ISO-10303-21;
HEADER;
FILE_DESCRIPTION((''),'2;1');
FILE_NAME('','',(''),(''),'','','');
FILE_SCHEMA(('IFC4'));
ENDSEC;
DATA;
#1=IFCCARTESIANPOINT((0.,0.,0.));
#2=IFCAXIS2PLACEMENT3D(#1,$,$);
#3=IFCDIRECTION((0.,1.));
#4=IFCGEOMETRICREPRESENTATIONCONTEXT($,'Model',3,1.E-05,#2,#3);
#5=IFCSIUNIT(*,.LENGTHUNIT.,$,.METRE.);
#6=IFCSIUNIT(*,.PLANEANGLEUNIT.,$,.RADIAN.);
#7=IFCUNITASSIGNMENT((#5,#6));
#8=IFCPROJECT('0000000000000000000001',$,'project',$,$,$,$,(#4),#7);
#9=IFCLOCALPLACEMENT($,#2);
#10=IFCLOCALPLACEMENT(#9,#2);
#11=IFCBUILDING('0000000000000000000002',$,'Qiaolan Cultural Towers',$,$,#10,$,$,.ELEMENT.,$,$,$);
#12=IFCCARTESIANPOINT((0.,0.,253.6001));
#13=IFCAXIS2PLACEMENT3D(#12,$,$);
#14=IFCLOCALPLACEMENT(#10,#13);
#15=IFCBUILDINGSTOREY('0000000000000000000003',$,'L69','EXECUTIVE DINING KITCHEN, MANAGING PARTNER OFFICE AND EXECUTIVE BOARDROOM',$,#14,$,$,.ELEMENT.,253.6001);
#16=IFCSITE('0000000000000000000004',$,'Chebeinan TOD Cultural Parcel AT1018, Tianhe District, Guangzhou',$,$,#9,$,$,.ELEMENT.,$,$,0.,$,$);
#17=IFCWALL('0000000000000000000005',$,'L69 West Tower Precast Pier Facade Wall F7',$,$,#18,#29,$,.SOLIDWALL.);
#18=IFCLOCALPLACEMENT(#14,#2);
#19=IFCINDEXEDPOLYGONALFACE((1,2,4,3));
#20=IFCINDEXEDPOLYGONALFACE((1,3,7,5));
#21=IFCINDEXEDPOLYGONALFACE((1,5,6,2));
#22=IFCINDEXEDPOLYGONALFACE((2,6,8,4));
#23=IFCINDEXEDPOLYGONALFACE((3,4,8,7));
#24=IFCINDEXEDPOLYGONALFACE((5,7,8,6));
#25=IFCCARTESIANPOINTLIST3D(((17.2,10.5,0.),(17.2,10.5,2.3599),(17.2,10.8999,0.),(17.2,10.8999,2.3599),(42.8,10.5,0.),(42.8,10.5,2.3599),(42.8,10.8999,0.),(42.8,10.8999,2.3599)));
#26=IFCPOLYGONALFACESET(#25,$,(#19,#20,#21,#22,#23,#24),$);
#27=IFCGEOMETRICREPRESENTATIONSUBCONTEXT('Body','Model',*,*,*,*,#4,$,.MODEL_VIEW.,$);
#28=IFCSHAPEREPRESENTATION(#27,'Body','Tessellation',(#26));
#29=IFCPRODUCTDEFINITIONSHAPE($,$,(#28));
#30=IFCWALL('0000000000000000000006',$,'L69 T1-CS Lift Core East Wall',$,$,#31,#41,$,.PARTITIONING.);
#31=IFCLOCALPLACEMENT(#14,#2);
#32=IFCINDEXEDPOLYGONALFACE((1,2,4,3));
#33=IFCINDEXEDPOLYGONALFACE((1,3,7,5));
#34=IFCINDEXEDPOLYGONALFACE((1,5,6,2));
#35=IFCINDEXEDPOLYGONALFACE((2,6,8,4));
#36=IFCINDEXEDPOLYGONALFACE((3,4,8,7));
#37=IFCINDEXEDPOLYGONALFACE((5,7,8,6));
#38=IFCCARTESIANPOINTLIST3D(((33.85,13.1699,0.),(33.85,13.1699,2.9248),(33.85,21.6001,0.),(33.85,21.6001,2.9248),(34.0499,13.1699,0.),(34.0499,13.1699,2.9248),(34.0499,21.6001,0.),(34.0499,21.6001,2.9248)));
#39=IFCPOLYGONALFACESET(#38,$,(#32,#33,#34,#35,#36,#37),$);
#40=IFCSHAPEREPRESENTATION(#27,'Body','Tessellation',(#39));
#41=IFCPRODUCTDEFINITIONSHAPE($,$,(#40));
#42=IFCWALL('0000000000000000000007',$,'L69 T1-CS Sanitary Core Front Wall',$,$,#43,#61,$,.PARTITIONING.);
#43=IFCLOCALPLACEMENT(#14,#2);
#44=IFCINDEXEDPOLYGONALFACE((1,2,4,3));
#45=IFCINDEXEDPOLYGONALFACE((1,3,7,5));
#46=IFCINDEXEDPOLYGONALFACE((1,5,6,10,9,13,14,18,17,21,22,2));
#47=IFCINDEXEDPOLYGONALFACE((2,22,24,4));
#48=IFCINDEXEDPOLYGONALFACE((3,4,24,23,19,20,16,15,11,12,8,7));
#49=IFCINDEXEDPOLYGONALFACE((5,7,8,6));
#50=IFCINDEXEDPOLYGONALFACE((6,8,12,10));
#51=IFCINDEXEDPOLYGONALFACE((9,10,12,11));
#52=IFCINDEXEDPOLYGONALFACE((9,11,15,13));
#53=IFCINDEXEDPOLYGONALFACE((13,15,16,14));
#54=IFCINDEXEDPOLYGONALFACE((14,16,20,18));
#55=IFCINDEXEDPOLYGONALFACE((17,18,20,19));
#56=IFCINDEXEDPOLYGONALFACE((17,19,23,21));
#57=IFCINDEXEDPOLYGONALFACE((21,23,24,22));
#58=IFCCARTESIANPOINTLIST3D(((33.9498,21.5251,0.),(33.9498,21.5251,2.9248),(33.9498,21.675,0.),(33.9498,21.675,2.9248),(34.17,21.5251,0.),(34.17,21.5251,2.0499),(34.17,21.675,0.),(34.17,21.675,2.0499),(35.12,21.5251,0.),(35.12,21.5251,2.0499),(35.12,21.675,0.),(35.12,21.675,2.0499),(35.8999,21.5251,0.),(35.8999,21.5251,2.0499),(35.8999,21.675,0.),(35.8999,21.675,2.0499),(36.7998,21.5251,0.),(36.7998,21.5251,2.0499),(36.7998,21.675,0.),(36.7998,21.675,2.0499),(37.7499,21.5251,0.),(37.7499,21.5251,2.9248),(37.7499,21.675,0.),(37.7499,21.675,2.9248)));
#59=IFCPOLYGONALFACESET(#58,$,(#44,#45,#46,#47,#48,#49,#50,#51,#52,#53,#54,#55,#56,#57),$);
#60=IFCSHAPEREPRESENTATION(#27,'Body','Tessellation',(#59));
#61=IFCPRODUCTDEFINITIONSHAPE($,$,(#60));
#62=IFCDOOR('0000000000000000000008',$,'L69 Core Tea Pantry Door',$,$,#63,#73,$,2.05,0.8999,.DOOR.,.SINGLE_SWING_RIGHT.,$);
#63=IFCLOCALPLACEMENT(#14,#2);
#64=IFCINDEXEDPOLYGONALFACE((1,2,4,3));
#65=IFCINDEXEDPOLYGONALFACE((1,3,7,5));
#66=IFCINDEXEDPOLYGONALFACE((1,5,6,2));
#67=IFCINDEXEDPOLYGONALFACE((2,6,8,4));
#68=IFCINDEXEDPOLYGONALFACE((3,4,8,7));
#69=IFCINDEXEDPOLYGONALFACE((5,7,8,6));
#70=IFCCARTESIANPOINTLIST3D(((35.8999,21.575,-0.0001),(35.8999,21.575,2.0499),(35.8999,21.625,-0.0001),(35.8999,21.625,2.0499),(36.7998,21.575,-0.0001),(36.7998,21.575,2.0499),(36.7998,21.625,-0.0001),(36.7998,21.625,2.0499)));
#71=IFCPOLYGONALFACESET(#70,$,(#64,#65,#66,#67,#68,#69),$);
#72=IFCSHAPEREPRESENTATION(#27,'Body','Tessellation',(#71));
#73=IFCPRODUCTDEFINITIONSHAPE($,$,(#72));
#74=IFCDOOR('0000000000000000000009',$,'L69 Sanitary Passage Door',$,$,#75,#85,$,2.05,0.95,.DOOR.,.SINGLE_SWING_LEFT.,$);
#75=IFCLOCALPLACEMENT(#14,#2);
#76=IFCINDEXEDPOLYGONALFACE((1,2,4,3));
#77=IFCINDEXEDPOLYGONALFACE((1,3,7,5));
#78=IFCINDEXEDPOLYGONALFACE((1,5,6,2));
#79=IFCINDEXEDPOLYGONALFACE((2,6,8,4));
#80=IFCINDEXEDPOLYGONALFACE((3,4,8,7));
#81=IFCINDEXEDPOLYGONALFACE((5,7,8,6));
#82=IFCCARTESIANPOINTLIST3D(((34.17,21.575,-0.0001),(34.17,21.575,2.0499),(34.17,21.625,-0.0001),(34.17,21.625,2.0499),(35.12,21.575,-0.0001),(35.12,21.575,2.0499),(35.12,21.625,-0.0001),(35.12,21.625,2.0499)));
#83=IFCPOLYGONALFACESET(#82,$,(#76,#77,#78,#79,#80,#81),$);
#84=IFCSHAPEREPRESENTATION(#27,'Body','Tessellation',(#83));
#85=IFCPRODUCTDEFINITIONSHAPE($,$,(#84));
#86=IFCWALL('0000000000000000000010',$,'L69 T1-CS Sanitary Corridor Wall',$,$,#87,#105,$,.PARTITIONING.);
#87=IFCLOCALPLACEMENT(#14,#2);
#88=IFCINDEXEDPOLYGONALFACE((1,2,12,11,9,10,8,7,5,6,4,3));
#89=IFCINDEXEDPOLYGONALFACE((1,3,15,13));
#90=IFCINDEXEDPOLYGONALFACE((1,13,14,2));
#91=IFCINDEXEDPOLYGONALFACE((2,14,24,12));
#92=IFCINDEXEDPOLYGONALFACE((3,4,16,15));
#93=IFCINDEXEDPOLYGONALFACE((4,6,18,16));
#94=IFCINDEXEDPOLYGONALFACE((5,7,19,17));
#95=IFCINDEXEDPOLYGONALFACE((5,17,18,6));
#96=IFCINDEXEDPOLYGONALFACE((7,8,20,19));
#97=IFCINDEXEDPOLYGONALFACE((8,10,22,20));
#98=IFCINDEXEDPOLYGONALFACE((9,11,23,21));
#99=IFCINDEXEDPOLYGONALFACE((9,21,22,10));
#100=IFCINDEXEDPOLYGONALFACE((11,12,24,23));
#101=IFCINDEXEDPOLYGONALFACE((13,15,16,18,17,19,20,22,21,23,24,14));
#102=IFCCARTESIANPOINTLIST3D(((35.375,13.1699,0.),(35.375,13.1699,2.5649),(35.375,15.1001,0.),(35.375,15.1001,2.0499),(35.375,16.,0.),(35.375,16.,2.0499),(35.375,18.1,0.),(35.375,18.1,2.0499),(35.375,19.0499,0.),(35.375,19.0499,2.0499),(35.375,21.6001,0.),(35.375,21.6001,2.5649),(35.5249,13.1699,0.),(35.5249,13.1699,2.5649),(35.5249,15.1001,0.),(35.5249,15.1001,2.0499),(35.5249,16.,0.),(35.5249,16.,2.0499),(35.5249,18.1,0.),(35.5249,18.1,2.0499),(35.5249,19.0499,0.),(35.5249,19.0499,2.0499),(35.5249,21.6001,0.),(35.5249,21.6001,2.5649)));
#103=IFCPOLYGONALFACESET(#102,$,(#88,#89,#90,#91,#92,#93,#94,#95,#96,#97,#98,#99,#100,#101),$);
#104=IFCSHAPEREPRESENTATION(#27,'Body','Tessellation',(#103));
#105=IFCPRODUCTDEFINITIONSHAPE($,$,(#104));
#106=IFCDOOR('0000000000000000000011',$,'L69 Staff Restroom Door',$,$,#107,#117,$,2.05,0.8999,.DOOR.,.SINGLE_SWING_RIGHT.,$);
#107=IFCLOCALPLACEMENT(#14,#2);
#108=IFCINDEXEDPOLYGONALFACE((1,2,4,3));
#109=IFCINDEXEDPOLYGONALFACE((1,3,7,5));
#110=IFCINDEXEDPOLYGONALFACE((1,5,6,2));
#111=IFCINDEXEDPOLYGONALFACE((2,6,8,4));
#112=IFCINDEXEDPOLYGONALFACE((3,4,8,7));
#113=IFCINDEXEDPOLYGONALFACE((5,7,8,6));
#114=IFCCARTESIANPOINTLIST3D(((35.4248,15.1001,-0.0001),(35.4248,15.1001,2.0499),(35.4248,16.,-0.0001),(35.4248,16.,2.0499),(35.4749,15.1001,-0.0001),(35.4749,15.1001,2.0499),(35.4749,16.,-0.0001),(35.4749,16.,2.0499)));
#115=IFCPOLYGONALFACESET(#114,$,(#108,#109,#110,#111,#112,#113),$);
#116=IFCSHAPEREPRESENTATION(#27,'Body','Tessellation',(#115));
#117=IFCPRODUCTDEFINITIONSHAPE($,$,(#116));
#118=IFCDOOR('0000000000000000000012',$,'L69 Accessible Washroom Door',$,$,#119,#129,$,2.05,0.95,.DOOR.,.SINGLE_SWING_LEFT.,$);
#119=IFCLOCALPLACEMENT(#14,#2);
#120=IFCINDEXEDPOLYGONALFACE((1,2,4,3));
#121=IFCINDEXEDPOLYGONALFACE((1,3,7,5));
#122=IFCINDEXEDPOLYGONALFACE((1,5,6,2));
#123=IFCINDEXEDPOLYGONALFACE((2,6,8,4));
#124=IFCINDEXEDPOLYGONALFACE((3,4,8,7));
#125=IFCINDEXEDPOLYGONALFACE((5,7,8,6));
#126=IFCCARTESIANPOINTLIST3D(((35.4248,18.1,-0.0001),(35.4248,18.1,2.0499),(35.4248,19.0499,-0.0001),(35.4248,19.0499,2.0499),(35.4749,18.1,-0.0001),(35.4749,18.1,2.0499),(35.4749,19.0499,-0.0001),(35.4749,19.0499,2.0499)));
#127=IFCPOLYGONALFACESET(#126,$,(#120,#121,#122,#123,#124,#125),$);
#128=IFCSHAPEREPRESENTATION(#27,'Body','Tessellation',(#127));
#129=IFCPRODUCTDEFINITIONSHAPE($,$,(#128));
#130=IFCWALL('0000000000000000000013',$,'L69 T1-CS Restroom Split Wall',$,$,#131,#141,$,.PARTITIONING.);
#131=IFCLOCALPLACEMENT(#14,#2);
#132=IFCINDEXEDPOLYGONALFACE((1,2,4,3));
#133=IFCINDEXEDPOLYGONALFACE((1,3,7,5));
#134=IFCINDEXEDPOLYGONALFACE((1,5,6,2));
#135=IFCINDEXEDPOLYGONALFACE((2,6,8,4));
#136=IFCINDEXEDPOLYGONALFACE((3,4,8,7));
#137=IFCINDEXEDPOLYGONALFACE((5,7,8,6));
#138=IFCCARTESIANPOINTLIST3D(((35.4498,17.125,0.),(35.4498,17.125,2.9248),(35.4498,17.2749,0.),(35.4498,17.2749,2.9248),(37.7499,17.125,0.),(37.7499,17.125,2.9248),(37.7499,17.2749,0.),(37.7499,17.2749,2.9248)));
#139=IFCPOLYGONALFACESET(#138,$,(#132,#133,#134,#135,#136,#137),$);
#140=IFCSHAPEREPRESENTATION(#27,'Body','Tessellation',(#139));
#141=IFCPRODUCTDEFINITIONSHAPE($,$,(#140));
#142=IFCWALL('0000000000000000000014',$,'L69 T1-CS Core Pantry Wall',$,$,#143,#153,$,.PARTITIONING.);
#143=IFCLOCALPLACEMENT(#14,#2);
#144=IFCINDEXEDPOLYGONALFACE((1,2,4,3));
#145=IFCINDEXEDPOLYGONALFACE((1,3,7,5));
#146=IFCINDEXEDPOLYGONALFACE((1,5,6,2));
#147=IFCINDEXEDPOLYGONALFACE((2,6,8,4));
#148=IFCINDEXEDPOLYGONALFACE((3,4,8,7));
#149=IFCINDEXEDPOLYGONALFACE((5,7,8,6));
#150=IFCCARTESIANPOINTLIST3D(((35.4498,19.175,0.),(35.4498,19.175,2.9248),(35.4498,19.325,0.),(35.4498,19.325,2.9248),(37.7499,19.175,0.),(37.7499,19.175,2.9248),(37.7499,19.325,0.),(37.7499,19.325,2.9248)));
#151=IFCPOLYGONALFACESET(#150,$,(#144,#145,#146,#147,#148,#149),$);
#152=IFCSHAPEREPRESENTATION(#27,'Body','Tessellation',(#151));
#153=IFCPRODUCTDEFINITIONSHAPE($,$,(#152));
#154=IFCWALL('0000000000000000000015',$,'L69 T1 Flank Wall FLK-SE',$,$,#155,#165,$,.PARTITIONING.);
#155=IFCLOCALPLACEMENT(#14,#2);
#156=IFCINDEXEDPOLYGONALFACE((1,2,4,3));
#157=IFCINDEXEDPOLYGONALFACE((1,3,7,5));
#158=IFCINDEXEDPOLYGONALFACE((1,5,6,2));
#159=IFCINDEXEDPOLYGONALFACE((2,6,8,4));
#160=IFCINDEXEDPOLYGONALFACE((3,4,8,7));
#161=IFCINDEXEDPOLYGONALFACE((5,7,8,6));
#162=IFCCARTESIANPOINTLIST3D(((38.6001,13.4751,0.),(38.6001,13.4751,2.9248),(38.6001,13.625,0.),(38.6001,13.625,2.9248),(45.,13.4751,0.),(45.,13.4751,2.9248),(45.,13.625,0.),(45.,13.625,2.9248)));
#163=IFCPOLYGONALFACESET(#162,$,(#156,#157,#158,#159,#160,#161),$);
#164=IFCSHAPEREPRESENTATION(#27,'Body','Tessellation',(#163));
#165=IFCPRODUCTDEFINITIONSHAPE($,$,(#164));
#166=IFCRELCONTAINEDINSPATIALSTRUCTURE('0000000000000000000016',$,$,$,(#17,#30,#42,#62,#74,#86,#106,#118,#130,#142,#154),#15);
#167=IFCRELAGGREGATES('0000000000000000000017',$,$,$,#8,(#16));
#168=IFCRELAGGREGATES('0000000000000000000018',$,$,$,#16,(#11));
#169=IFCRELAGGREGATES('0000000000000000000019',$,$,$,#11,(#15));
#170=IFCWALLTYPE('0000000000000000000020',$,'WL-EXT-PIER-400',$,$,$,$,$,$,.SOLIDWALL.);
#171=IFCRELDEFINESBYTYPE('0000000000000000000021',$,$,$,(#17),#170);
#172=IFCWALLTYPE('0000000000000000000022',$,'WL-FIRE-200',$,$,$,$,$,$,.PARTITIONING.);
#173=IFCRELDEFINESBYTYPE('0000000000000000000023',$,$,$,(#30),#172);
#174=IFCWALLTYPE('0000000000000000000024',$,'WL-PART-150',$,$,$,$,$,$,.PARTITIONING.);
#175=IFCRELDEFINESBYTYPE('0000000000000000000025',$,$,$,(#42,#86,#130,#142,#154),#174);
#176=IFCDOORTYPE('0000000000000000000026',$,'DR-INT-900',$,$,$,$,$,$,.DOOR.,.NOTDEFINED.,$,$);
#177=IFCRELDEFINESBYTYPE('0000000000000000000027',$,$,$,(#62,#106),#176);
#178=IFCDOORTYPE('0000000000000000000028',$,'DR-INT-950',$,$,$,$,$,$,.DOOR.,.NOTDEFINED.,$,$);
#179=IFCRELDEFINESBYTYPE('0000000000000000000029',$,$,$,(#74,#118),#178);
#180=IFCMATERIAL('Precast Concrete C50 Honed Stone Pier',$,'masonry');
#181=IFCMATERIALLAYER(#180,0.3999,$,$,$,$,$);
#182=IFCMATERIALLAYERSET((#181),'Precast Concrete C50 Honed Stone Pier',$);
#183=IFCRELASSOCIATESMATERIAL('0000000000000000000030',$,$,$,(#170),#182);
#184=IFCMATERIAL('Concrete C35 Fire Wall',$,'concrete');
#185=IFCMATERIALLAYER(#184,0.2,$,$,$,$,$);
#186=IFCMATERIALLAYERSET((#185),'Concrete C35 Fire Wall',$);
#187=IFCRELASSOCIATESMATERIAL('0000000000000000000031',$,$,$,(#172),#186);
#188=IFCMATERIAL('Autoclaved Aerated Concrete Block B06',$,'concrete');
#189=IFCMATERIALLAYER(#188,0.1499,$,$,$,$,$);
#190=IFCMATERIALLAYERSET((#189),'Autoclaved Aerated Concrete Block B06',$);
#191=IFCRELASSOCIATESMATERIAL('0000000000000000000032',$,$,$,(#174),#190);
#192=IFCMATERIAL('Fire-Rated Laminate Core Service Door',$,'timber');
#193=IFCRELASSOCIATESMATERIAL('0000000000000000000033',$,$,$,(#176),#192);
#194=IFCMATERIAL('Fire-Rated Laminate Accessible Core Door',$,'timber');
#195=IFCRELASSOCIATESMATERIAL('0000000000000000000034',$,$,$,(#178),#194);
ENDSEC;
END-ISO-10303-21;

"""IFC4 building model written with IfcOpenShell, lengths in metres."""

from ifc_helpers import new_model, si_unit, direction, frame, frame_2d, origin, place, context, subcontext, project, spatial, rectangle, extrude, material, layer, layer_set, type_object, element, fill, save


model = new_model("IFC4")

# Units and contexts
model_context = context("Model", 3, precision=1e-05, world=origin(), true_north=direction((0.0, 1.0)))
body_context = subcontext(model_context, "Body", "Model", "MODEL_VIEW")
ifc_project = project(units=[si_unit("LENGTHUNIT", "METRE"), si_unit("PLANEANGLEUNIT", "RADIAN")], contexts=[model_context])

# Site, building, storey
site_placement = place(None, origin())
site = spatial("IfcSite", under=ifc_project, at=site_placement, Name="Chebeinan TOD Cultural Parcel AT1018, Tianhe District, Guangzhou", CompositionType="ELEMENT", RefElevation=0.0)
building_placement = place(site_placement, origin())
building = spatial("IfcBuilding", under=site, at=building_placement, Name="Qiaolan Cultural Towers", CompositionType="ELEMENT")
storey_placement = place(building_placement, frame((0.0, 0.0, 253.6001)))
storey = spatial("IfcBuildingStorey", under=building, at=storey_placement, Name="L69", Description="EXECUTIVE DINING KITCHEN, MANAGING PARTNER OFFICE AND EXECUTIVE BOARDROOM", CompositionType="ELEMENT", Elevation=253.6001)

# Walls
ifc_material_1 = material(Name="Precast Concrete C50 Honed Stone Pier", Category="masonry")
ifc_layer_1 = layer(ifc_material_1, 0.3999)
ifc_layer_set_1 = layer_set([ifc_layer_1], Name="Precast Concrete C50 Honed Stone Pier")
wall_type_1 = type_object("IfcWallType", Name="WL-EXT-PIER-400", PredefinedType="SOLIDWALL", material=ifc_layer_set_1)
wall_1_placement = place(storey_placement, frame((42.8, 10.7, 0.0), z_axis=(0.0, 0.0, 1.0), x_axis=(-1.0, 0.0, 0.0)))
element("IfcWall", 1, at=wall_1_placement, inside=storey, type_object=wall_type_1, Name="L69 West Tower Precast Pier Facade Wall F7", PredefinedType="SOLIDWALL", context=body_context, shape_type="SweptSolid", body=[
    extrude(rectangle(XDim=25.6001, YDim=0.3999, at=frame_2d((12.8, 0.0))), origin(), (0.0, 0.0, 1.0), 2.3599),
])
ifc_material_2 = material(Name="Concrete C35 Fire Wall", Category="concrete")
ifc_layer_2 = layer(ifc_material_2, 0.2)
ifc_layer_set_2 = layer_set([ifc_layer_2], Name="Concrete C35 Fire Wall")
wall_type_2 = type_object("IfcWallType", Name="WL-FIRE-200", PredefinedType="PARTITIONING", material=ifc_layer_set_2)
wall_2_placement = place(storey_placement, frame((33.95, 21.6001, 0.0), z_axis=(0.0, 0.0, 1.0), x_axis=(0.0, -1.0, 0.0)))
element("IfcWall", 2, at=wall_2_placement, inside=storey, type_object=wall_type_2, Name="L69 T1-CS Lift Core East Wall", PredefinedType="PARTITIONING", context=body_context, shape_type="SweptSolid", body=[
    extrude(rectangle(XDim=8.4302, YDim=0.2, at=frame_2d((4.2151, 0.0))), origin(), (0.0, 0.0, 1.0), 2.9248),
])

# Walls, openings, doors
ifc_material_3 = material(Name="Autoclaved Aerated Concrete Block B06", Category="concrete")
ifc_layer_3 = layer(ifc_material_3, 0.1499)
ifc_layer_set_3 = layer_set([ifc_layer_3], Name="Autoclaved Aerated Concrete Block B06")
wall_type_3 = type_object("IfcWallType", Name="WL-PART-150", PredefinedType="PARTITIONING", material=ifc_layer_set_3)
wall_3_placement = place(storey_placement, frame((33.95, 21.6001, 0.0), z_axis=(0.0, 0.0, 1.0), x_axis=(1.0, 0.0, 0.0)))
wall_3 = element("IfcWall", 3, at=wall_3_placement, inside=storey, type_object=wall_type_3, Name="L69 T1-CS Sanitary Core Front Wall", PredefinedType="PARTITIONING", context=body_context, shape_type="SweptSolid", body=[
    extrude(rectangle(XDim=3.8, YDim=0.1499, at=frame_2d((1.8999, 0.0))), origin(), (0.0, 0.0, 1.0), 2.9248),
])
opening_1_placement = place(wall_3_placement, frame((0.22, 0.0, 0.0)))
opening_1 = element("IfcOpeningElement", 4, at=opening_1_placement, cuts=wall_3, PredefinedType="OPENING", context=body_context, shape_type="SweptSolid", body=[
    extrude(rectangle(XDim=0.95, YDim=2.05, at=frame_2d((0.4751, 1.0249))), frame((0.0, 0.085, 0.0), z_axis=(0.0, -1.0, 0.0), x_axis=(1.0, 0.0, 0.0)), (0.0, 0.0, 1.0), 0.1699),
])
opening_2_placement = place(wall_3_placement, frame((1.95, 0.0, 0.0)))
opening_2 = element("IfcOpeningElement", 5, at=opening_2_placement, cuts=wall_3, PredefinedType="OPENING", context=body_context, shape_type="SweptSolid", body=[
    extrude(rectangle(XDim=0.8999, YDim=2.05, at=frame_2d((0.45, 1.0249))), frame((0.0, 0.085, 0.0), z_axis=(0.0, -1.0, 0.0), x_axis=(1.0, 0.0, 0.0)), (0.0, 0.0, 1.0), 0.1699),
])
ifc_material_4 = material(Name="Fire-Rated Laminate Core Service Door", Category="timber")
door_type_1 = type_object("IfcDoorType", Name="DR-INT-900", OperationType="NOTDEFINED", PredefinedType="DOOR", material=ifc_material_4)
door_1_placement = place(opening_2_placement, origin())
door_1 = element("IfcDoor", 6, at=door_1_placement, inside=storey, type_object=door_type_1, Name="L69 Core Tea Pantry Door", OperationType="SINGLE_SWING_RIGHT", OverallHeight=2.05, OverallWidth=0.8999, PredefinedType="DOOR", context=body_context, shape_type="SweptSolid", body=[
    extrude(rectangle(XDim=0.8999, YDim=2.05, at=frame_2d((0.45, 1.0249))), frame((0.0, 0.0249, 0.0), z_axis=(0.0, -1.0, 0.0), x_axis=(1.0, 0.0, 0.0)), (0.0, 0.0, 1.0), 0.05),
])
fill(opening_2, door_1)
ifc_material_5 = material(Name="Fire-Rated Laminate Accessible Core Door", Category="timber")
door_type_2 = type_object("IfcDoorType", Name="DR-INT-950", OperationType="NOTDEFINED", PredefinedType="DOOR", material=ifc_material_5)
door_2_placement = place(opening_1_placement, origin())
door_2 = element("IfcDoor", 7, at=door_2_placement, inside=storey, type_object=door_type_2, Name="L69 Sanitary Passage Door", OperationType="SINGLE_SWING_LEFT", OverallHeight=2.05, OverallWidth=0.95, PredefinedType="DOOR", context=body_context, shape_type="SweptSolid", body=[
    extrude(rectangle(XDim=0.95, YDim=2.05, at=frame_2d((0.4751, 1.0249))), frame((0.0, 0.0249, 0.0), z_axis=(0.0, -1.0, 0.0), x_axis=(1.0, 0.0, 0.0)), (0.0, 0.0, 1.0), 0.05),
])
fill(opening_1, door_2)
wall_4_placement = place(storey_placement, frame((35.45, 21.6001, 0.0), z_axis=(0.0, 0.0, 1.0), x_axis=(0.0, -1.0, 0.0)))
wall_4 = element("IfcWall", 8, at=wall_4_placement, inside=storey, type_object=wall_type_3, Name="L69 T1-CS Sanitary Corridor Wall", PredefinedType="PARTITIONING", context=body_context, shape_type="SweptSolid", body=[
    extrude(rectangle(XDim=8.4302, YDim=0.1499, at=frame_2d((4.2151, 0.0))), origin(), (0.0, 0.0, 1.0), 2.5649),
])
opening_3_placement = place(wall_4_placement, frame((2.55, 0.0, 0.0)))
opening_3 = element("IfcOpeningElement", 9, at=opening_3_placement, cuts=wall_4, PredefinedType="OPENING", context=body_context, shape_type="SweptSolid", body=[
    extrude(rectangle(XDim=0.95, YDim=2.05, at=frame_2d((0.4751, 1.0249))), frame((0.0, 0.085, 0.0), z_axis=(0.0, -1.0, 0.0), x_axis=(1.0, 0.0, 0.0)), (0.0, 0.0, 1.0), 0.1699),
])
opening_4_placement = place(wall_4_placement, frame((5.6001, 0.0, 0.0)))
opening_4 = element("IfcOpeningElement", 10, at=opening_4_placement, cuts=wall_4, PredefinedType="OPENING", context=body_context, shape_type="SweptSolid", body=[
    extrude(rectangle(XDim=0.8999, YDim=2.05, at=frame_2d((0.45, 1.0249))), frame((0.0, 0.085, 0.0), z_axis=(0.0, -1.0, 0.0), x_axis=(1.0, 0.0, 0.0)), (0.0, 0.0, 1.0), 0.1699),
])
door_3_placement = place(opening_4_placement, origin())
door_3 = element("IfcDoor", 11, at=door_3_placement, inside=storey, type_object=door_type_1, Name="L69 Staff Restroom Door", OperationType="SINGLE_SWING_RIGHT", OverallHeight=2.05, OverallWidth=0.8999, PredefinedType="DOOR", context=body_context, shape_type="SweptSolid", body=[
    extrude(rectangle(XDim=0.8999, YDim=2.05, at=frame_2d((0.45, 1.0249))), frame((0.0, 0.0249, 0.0), z_axis=(0.0, -1.0, 0.0), x_axis=(1.0, 0.0, 0.0)), (0.0, 0.0, 1.0), 0.05),
])
fill(opening_4, door_3)
door_4_placement = place(opening_3_placement, origin())
door_4 = element("IfcDoor", 12, at=door_4_placement, inside=storey, type_object=door_type_2, Name="L69 Accessible Washroom Door", OperationType="SINGLE_SWING_LEFT", OverallHeight=2.05, OverallWidth=0.95, PredefinedType="DOOR", context=body_context, shape_type="SweptSolid", body=[
    extrude(rectangle(XDim=0.95, YDim=2.05, at=frame_2d((0.4751, 1.0249))), frame((0.0, 0.0249, 0.0), z_axis=(0.0, -1.0, 0.0), x_axis=(1.0, 0.0, 0.0)), (0.0, 0.0, 1.0), 0.05),
])
fill(opening_3, door_4)

# Walls
for number, where, z_axis, x_axis, name in (
    (13, (35.45, 17.2, 0.0), (0.0, 0.0, 1.0), (1.0, 0.0, 0.0), "L69 T1-CS Restroom Split Wall"),
    (14, (35.45, 19.25, 0.0), (0.0, 0.0, 1.0), (1.0, 0.0, 0.0), "L69 T1-CS Core Pantry Wall"),
):
    element("IfcWall", number, at=place(storey_placement, frame(where, z_axis=z_axis, x_axis=x_axis)), inside=storey, type_object=wall_type_3, Name=name, PredefinedType="PARTITIONING", context=body_context, shape_type="SweptSolid", body=[
        extrude(rectangle(XDim=2.3, YDim=0.1499, at=frame_2d((1.1499, 0.0))), origin(), (0.0, 0.0, 1.0), 2.9248),
    ])
wall_5_placement = place(storey_placement, frame((38.6001, 13.55, 0.0), z_axis=(0.0, 0.0, 1.0), x_axis=(1.0, 0.0, 0.0)))
element("IfcWall", 15, at=wall_5_placement, inside=storey, type_object=wall_type_3, Name="L69 T1 Flank Wall FLK-SE", PredefinedType="PARTITIONING", context=body_context, shape_type="SweptSolid", body=[
    extrude(rectangle(XDim=6.3999, YDim=0.1499, at=frame_2d((3.2, 0.0))), origin(), (0.0, 0.0, 1.0), 2.9248),
])

save(model, "model.ifc")
